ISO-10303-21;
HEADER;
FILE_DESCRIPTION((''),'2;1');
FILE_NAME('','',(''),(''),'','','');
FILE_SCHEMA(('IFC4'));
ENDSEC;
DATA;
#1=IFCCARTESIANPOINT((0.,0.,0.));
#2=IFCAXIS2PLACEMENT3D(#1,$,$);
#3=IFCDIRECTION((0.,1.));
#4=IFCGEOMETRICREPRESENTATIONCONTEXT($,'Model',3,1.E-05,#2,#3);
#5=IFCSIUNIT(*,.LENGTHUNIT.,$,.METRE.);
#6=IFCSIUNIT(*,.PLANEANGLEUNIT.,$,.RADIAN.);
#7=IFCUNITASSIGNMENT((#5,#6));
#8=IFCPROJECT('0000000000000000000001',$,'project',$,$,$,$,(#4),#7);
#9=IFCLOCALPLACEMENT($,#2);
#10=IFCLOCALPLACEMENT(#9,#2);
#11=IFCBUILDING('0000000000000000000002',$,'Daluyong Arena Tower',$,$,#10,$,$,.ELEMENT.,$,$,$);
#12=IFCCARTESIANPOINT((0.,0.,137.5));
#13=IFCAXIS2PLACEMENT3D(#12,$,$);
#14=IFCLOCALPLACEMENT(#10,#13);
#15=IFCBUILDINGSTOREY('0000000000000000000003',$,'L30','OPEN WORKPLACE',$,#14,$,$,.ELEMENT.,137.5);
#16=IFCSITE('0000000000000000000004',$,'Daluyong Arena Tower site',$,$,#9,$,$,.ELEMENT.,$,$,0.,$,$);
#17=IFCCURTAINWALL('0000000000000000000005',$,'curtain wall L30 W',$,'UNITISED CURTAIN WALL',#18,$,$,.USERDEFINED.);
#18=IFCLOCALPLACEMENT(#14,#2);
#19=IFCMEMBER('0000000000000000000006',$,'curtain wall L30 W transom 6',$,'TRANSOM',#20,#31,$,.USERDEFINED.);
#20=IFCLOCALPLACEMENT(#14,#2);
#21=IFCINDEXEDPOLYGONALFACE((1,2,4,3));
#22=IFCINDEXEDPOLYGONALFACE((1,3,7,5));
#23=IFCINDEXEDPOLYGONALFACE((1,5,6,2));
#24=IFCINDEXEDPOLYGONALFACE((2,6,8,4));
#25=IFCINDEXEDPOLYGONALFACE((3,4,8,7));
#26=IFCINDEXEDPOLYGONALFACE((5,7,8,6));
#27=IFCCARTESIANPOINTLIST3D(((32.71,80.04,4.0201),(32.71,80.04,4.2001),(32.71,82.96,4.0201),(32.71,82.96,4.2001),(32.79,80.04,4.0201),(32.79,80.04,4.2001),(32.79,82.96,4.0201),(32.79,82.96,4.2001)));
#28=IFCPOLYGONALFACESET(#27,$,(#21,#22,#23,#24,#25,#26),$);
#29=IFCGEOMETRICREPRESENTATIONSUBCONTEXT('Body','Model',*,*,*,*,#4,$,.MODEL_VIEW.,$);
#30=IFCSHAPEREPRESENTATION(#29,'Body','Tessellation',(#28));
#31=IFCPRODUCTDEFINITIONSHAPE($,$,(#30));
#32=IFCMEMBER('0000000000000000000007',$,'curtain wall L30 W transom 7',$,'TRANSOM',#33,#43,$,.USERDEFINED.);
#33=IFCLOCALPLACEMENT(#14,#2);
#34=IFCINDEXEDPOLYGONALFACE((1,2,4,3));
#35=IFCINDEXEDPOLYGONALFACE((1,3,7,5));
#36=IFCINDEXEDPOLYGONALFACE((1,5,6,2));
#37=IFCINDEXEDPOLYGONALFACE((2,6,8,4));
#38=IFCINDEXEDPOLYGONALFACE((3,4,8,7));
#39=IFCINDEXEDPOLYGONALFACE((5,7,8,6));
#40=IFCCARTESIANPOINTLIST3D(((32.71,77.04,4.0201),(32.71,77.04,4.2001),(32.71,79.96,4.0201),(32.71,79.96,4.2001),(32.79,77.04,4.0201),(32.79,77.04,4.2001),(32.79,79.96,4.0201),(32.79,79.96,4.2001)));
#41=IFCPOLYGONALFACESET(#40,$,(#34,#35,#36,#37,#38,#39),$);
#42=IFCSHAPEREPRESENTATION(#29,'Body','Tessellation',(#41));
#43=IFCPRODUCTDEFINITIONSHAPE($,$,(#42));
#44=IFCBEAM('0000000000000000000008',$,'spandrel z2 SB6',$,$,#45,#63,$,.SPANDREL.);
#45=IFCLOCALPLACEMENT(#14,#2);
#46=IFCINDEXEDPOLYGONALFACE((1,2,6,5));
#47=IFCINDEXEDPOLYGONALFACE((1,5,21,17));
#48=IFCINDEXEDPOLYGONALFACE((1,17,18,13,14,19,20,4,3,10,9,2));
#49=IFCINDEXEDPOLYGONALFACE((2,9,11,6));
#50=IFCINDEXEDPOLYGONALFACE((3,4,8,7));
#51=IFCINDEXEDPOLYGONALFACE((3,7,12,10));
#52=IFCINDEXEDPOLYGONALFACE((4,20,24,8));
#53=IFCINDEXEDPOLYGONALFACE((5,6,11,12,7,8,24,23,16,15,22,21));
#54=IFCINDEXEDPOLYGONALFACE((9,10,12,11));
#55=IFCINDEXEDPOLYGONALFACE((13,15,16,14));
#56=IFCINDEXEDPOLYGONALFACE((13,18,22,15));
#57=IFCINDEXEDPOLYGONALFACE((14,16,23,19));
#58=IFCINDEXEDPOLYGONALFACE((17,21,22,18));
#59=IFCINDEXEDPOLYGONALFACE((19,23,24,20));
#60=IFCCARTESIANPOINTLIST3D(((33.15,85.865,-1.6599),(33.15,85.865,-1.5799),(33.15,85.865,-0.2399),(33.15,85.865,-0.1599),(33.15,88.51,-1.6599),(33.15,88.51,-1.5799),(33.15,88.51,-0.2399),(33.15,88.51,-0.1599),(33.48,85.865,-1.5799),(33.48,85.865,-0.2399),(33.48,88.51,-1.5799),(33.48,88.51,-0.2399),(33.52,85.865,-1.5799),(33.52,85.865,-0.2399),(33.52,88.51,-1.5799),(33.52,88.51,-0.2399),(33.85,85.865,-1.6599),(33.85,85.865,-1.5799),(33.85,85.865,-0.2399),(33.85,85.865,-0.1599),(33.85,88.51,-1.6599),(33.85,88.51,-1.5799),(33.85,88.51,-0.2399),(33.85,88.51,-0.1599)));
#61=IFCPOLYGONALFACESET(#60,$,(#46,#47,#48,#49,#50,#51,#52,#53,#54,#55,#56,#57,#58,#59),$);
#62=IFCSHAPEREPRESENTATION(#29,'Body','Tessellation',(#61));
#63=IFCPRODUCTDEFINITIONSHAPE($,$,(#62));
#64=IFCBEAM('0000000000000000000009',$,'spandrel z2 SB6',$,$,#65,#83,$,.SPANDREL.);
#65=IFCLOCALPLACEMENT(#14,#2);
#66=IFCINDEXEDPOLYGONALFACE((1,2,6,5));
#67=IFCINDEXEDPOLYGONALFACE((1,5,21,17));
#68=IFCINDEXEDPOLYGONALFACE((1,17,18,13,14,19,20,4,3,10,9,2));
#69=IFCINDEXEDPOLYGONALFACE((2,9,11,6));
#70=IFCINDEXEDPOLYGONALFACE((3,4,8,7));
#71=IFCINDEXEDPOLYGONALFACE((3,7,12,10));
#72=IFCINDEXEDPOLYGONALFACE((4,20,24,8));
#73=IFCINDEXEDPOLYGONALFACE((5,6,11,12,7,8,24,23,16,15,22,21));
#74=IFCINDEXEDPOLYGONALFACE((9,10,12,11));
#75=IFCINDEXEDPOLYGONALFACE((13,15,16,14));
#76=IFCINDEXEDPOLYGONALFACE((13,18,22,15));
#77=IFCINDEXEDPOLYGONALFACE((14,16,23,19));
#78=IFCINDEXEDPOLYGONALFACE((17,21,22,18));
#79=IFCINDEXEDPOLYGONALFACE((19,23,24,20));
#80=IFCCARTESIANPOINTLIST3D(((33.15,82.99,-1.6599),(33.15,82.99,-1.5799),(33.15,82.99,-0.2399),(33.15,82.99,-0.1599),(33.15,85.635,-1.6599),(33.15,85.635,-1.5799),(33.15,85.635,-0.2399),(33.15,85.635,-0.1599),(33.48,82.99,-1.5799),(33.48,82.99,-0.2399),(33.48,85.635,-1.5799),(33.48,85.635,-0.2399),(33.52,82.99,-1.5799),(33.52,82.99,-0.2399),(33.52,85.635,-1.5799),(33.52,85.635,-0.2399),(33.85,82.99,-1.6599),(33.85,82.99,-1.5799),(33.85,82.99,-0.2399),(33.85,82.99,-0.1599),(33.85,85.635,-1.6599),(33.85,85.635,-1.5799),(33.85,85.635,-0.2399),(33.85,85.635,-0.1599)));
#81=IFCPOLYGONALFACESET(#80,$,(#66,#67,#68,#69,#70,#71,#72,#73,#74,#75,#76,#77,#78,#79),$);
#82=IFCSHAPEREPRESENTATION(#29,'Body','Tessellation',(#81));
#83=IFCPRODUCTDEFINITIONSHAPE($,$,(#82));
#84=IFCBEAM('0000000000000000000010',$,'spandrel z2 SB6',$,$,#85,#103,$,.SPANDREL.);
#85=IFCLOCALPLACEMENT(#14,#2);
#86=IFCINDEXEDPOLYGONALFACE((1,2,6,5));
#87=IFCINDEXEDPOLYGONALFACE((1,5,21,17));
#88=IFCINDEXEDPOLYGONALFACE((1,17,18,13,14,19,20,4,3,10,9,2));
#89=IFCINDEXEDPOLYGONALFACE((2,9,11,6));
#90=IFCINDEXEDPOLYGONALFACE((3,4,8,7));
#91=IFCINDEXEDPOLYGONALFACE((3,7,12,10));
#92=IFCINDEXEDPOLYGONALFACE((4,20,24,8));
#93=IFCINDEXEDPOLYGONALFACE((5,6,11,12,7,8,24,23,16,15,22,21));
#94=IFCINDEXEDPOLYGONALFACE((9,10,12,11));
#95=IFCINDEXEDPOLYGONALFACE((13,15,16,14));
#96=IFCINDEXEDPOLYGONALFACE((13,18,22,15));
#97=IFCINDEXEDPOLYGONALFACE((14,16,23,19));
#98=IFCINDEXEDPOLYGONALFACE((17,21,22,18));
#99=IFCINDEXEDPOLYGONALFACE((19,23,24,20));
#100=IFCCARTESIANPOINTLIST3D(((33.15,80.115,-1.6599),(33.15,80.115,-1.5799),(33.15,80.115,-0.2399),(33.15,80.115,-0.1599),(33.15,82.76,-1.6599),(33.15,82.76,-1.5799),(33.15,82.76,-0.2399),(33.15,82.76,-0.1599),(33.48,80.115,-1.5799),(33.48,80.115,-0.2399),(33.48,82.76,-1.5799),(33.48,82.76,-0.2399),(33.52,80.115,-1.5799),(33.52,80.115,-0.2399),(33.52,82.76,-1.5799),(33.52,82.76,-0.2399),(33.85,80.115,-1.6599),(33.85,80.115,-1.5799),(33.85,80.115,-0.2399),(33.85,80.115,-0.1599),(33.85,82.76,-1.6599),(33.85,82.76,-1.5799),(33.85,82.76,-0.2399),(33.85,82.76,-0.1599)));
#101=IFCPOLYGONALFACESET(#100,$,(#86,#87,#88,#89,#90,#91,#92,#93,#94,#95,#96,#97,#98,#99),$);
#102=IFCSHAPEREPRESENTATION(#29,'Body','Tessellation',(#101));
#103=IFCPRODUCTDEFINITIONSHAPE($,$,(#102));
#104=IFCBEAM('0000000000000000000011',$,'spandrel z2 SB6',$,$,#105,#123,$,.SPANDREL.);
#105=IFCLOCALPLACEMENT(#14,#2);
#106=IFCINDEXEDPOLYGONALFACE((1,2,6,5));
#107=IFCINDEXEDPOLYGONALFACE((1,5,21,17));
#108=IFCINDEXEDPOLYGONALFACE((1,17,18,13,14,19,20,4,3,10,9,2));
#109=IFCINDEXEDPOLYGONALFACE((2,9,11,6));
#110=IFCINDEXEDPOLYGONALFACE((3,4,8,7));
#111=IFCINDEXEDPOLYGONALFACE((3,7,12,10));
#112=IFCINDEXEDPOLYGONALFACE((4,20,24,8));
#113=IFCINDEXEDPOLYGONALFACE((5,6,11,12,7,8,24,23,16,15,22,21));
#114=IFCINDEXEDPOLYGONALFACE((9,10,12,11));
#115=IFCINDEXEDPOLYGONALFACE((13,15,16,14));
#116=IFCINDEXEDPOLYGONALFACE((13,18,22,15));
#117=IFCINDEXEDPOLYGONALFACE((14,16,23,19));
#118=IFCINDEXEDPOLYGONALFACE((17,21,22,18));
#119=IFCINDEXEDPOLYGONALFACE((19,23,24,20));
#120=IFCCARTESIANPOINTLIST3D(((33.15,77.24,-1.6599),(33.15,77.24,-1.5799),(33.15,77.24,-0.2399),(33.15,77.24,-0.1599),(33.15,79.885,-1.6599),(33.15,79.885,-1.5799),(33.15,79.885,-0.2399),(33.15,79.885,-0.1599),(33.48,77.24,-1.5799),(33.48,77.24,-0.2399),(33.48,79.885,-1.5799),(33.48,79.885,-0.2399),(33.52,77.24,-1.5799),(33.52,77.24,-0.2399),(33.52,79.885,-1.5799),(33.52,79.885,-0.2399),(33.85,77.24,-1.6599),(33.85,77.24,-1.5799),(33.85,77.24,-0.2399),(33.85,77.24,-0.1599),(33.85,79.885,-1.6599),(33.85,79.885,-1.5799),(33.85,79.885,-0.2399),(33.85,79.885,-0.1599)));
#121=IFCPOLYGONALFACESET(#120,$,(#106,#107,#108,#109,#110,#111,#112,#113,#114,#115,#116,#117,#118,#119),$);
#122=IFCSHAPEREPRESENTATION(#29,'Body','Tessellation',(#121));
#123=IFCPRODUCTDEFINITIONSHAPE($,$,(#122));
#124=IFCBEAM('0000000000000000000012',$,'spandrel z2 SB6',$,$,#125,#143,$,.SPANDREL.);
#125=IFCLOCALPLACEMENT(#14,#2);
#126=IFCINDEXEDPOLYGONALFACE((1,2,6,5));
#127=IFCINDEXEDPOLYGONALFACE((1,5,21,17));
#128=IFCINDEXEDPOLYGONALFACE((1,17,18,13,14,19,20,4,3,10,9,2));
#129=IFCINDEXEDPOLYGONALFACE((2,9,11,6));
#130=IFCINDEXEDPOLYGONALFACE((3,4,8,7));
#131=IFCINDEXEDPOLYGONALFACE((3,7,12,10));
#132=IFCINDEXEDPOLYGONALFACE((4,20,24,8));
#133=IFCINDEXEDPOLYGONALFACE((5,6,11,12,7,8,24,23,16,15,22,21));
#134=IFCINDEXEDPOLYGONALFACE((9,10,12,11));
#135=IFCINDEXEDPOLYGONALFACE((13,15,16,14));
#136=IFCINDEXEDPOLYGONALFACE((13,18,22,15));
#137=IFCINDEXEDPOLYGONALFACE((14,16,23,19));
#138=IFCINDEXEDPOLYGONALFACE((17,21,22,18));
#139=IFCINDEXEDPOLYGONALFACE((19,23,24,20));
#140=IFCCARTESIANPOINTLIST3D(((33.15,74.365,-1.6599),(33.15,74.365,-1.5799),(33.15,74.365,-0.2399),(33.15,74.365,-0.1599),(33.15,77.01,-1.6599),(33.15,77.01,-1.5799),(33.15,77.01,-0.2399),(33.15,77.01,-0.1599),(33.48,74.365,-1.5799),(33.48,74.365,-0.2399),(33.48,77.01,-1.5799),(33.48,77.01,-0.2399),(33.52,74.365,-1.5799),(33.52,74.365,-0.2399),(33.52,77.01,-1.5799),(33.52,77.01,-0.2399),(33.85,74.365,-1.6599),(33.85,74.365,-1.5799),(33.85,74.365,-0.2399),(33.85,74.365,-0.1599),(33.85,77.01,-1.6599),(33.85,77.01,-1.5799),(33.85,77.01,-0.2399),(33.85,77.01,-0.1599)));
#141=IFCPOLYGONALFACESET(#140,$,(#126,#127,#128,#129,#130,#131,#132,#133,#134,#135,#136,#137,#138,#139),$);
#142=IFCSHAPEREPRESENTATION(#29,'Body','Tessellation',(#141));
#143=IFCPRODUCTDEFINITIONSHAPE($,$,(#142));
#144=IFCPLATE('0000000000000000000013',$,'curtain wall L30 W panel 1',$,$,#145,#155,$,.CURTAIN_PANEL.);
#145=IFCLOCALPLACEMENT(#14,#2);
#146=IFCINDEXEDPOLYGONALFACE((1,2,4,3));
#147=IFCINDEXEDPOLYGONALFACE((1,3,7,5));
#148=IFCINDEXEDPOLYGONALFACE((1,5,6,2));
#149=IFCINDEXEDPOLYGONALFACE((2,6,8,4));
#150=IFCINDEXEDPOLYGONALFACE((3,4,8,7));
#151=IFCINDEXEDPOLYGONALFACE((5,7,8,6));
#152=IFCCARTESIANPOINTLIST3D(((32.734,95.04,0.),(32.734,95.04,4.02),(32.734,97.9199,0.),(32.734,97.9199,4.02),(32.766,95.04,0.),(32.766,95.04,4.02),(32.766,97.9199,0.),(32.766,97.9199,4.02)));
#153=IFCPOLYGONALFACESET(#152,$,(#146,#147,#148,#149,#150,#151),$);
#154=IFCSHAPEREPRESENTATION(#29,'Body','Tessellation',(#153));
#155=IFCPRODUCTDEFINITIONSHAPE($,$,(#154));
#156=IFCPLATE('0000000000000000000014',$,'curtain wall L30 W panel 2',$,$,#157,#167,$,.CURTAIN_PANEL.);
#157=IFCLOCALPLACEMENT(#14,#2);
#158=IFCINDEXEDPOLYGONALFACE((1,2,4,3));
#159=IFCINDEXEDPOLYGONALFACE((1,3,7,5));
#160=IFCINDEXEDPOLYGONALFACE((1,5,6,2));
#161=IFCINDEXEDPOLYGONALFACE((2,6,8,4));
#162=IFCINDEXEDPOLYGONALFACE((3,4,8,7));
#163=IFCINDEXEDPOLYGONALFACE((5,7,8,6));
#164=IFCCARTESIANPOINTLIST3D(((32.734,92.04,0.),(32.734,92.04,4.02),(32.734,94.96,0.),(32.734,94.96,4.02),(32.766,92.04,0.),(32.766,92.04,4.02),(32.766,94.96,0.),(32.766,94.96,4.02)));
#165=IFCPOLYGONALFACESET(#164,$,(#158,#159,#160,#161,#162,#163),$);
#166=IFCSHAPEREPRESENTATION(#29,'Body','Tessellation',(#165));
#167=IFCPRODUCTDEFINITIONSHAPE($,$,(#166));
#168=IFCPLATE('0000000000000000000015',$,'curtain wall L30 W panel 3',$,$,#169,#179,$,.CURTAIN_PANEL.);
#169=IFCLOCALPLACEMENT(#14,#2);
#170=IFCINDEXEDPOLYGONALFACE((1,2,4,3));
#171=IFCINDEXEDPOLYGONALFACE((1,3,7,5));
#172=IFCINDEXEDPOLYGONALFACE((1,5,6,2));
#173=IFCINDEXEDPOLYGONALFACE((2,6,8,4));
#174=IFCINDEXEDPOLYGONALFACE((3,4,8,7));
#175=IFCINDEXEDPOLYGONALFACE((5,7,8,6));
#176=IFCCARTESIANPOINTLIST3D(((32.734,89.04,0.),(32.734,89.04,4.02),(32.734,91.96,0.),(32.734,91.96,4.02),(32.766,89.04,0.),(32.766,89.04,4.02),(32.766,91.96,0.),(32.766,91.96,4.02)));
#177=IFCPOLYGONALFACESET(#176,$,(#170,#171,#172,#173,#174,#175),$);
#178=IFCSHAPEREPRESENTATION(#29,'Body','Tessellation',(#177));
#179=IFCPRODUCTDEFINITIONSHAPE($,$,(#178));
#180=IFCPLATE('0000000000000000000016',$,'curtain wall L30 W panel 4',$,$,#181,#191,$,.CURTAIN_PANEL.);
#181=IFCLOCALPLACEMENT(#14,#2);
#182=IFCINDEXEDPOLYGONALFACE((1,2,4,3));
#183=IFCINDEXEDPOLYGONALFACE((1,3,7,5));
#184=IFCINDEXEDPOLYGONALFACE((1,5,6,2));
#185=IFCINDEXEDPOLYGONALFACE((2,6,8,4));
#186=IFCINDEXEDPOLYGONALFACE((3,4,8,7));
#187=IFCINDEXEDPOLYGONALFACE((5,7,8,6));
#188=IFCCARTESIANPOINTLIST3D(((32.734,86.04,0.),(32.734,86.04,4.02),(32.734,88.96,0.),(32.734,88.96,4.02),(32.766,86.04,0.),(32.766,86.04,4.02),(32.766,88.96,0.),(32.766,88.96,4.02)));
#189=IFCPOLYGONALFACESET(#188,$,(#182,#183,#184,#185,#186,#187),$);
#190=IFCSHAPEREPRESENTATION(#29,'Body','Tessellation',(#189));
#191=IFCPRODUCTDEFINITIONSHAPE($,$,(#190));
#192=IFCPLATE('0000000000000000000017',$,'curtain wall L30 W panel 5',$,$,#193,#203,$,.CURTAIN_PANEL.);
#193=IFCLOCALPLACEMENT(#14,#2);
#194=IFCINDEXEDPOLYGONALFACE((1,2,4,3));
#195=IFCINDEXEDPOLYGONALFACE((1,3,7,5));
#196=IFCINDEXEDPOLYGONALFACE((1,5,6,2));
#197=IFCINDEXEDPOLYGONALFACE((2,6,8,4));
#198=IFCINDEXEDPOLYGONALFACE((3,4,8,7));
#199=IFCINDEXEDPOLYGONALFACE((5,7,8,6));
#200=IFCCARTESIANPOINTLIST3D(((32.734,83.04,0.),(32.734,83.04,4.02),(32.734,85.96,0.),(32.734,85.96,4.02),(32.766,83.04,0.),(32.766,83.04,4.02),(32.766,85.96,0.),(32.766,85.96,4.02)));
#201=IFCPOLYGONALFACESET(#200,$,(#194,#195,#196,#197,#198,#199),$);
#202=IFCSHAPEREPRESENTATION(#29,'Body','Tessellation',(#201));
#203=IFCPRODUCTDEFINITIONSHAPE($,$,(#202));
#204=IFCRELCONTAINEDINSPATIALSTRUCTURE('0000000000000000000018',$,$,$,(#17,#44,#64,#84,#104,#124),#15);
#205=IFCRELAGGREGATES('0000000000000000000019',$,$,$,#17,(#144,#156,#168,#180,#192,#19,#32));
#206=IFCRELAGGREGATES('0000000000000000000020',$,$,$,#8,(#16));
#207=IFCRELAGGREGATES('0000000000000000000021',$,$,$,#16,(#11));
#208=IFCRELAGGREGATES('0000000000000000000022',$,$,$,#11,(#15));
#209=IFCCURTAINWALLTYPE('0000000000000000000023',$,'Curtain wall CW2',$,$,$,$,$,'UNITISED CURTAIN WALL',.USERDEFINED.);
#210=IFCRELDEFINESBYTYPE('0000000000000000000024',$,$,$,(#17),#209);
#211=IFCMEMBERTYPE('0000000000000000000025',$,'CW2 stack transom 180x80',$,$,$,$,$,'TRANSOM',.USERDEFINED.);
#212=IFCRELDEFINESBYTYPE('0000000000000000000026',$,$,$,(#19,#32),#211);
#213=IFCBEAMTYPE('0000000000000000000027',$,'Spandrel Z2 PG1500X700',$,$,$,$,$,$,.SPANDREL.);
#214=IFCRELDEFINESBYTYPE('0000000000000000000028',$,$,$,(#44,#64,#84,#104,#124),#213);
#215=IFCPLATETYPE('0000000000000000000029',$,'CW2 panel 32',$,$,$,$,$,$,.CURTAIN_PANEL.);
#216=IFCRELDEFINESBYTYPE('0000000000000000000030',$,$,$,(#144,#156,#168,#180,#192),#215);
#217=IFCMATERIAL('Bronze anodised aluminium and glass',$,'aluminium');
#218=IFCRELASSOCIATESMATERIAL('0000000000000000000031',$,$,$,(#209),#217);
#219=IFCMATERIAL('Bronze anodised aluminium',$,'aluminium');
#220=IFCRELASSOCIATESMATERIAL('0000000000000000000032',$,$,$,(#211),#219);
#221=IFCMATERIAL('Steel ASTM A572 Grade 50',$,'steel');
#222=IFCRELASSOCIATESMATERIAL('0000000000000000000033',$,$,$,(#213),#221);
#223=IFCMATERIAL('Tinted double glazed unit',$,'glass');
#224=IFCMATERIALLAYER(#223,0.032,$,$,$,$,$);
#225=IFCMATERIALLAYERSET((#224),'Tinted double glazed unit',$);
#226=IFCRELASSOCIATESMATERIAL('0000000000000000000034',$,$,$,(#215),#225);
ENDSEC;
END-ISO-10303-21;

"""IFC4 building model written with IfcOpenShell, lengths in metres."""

from ifc_helpers import new_model, si_unit, direction, frame, origin, origin_2d, place, context, subcontext, project, spatial, rectangle, i_section, extrude, material, layer, layer_set, material_profile, profile_set, type_object, element, aggregate, save


model = new_model("IFC4")

# Units and contexts
model_context = context("Model", 3, precision=1e-05, world=origin(), true_north=direction((0.0, 1.0)))
body_context = subcontext(model_context, "Body", "Model", "MODEL_VIEW")
ifc_project = project(units=[si_unit("LENGTHUNIT", "METRE"), si_unit("PLANEANGLEUNIT", "RADIAN")], contexts=[model_context])

# Site, building, storey
site_placement = place(None, origin())
site = spatial("IfcSite", under=ifc_project, at=site_placement, Name="Daluyong Arena Tower site", CompositionType="ELEMENT", RefElevation=0.0)
building_placement = place(site_placement, origin())
building = spatial("IfcBuilding", under=site, at=building_placement, Name="Daluyong Arena Tower", CompositionType="ELEMENT")
storey_placement = place(building_placement, frame((0.0, 0.0, 137.5)))
storey = spatial("IfcBuildingStorey", under=building, at=storey_placement, Name="L30", Description="OPEN WORKPLACE", CompositionType="ELEMENT", Elevation=137.5)

# Curtain wall, members
ifc_material_1 = material(Name="Bronze anodised aluminium and glass", Category="aluminium")
curtain_wall_type = type_object("IfcCurtainWallType", Name="Curtain wall CW2", ElementType="UNITISED CURTAIN WALL", PredefinedType="USERDEFINED", material=ifc_material_1)
curtain_wall_placement = place(storey_placement, origin())
curtain_wall = element("IfcCurtainWall", 1, at=curtain_wall_placement, inside=storey, type_object=curtain_wall_type, Name="curtain wall L30 W", ObjectType="UNITISED CURTAIN WALL", PredefinedType="USERDEFINED")
ifc_material_2 = material(Name="Bronze anodised aluminium", Category="aluminium")
ifc_material_profile_1 = material_profile(ifc_material_2, rectangle(XDim=0.0801, YDim=0.1799, at=origin_2d()))
ifc_profile_set_1 = profile_set([ifc_material_profile_1], Name="Bronze anodised aluminium")
member_type_1 = type_object("IfcMemberType", Name="CW2 stack transom 180x80", ElementType="TRANSOM", PredefinedType="USERDEFINED", material=ifc_profile_set_1)
member_1_placement = place(storey_placement, frame((32.75, 82.96, 4.1101), z_axis=(0.0, -1.0, 0.0), x_axis=(1.0, 0.0, 0.0)))
member_1 = element("IfcMember", 2, at=member_1_placement, type_object=member_type_1, Name="curtain wall L30 W transom 6", ObjectType="TRANSOM", PredefinedType="USERDEFINED", context=body_context, shape_type="SweptSolid", body=[
    extrude(rectangle(XDim=0.0801, YDim=0.1799, at=origin_2d()), origin(), (0.0, 0.0, 1.0), 2.9199),
])
member_2_placement = place(storey_placement, frame((32.75, 79.96, 4.1101), z_axis=(0.0, -1.0, 0.0), x_axis=(1.0, 0.0, 0.0)))
member_2 = element("IfcMember", 3, at=member_2_placement, type_object=member_type_1, Name="curtain wall L30 W transom 7", ObjectType="TRANSOM", PredefinedType="USERDEFINED", context=body_context, shape_type="SweptSolid", body=[
    extrude(rectangle(XDim=0.0801, YDim=0.1799, at=origin_2d()), origin(), (0.0, 0.0, 1.0), 2.9199),
])

# Beams
ifc_material_3 = material(Name="Steel ASTM A572 Grade 50", Category="steel")
ifc_material_profile_2 = material_profile(ifc_material_3, i_section(OverallWidth=0.7, OverallDepth=1.5, WebThickness=0.04, FlangeThickness=0.08, at=origin_2d()))
ifc_profile_set_2 = profile_set([ifc_material_profile_2], Name="Steel ASTM A572 Grade 50")
beam_type = type_object("IfcBeamType", Name="Spandrel Z2 PG1500X700", PredefinedType="SPANDREL", material=ifc_profile_set_2)
for number, where, z_axis, x_axis, name in (
    (4, (33.5, 88.51, -0.9099), (0.0, -1.0, 0.0), (1.0, 0.0, 0.0), "spandrel z2 SB6"),
    (5, (33.5, 85.635, -0.9099), (0.0, -1.0, 0.0), (1.0, 0.0, 0.0), "spandrel z2 SB6"),
    (6, (33.5, 82.76, -0.9099), (0.0, -1.0, 0.0), (1.0, 0.0, 0.0), "spandrel z2 SB6"),
    (7, (33.5, 79.885, -0.9099), (0.0, -1.0, 0.0), (1.0, 0.0, 0.0), "spandrel z2 SB6"),
    (8, (33.5, 77.01, -0.9099), (0.0, -1.0, 0.0), (1.0, 0.0, 0.0), "spandrel z2 SB6"),
):
    element("IfcBeam", number, at=place(storey_placement, frame(where, z_axis=z_axis, x_axis=x_axis)), inside=storey, type_object=beam_type, Name=name, PredefinedType="SPANDREL", context=body_context, shape_type="SweptSolid", body=[
        extrude(i_section(OverallWidth=0.7, OverallDepth=1.5, WebThickness=0.04, FlangeThickness=0.08, at=origin_2d()), origin(), (0.0, 0.0, 1.0), 2.645),
    ])

# Plates
ifc_material_4 = material(Name="Tinted double glazed unit", Category="glass")
ifc_layer_1 = layer(ifc_material_4, 0.032)
ifc_layer_set_1 = layer_set([ifc_layer_1], Name="Tinted double glazed unit")
plate_type = type_object("IfcPlateType", Name="CW2 panel 32", PredefinedType="CURTAIN_PANEL", material=ifc_layer_set_1)
plate_1_placement = place(storey_placement, frame((32.75, 96.48, 0.0), z_axis=(0.0, 0.0, 1.0), x_axis=(0.0, -1.0, 0.0)))
plate_1 = element("IfcPlate", 9, at=plate_1_placement, type_object=plate_type, Name="curtain wall L30 W panel 1", PredefinedType="CURTAIN_PANEL", context=body_context, shape_type="SweptSolid", body=[
    extrude(rectangle(XDim=2.8799, YDim=0.032, at=origin_2d()), origin(), (0.0, 0.0, 1.0), 4.02),
])
plate_2_placement = place(storey_placement, frame((32.75, 93.5, 0.0), z_axis=(0.0, 0.0, 1.0), x_axis=(0.0, -1.0, 0.0)))
plate_2 = element("IfcPlate", 10, at=plate_2_placement, type_object=plate_type, Name="curtain wall L30 W panel 2", PredefinedType="CURTAIN_PANEL", context=body_context, shape_type="SweptSolid", body=[
    extrude(rectangle(XDim=2.9199, YDim=0.032, at=origin_2d()), origin(), (0.0, 0.0, 1.0), 4.02),
])
plate_3_placement = place(storey_placement, frame((32.75, 90.5, 0.0), z_axis=(0.0, 0.0, 1.0), x_axis=(0.0, -1.0, 0.0)))
plate_3 = element("IfcPlate", 11, at=plate_3_placement, type_object=plate_type, Name="curtain wall L30 W panel 3", PredefinedType="CURTAIN_PANEL", context=body_context, shape_type="SweptSolid", body=[
    extrude(rectangle(XDim=2.9199, YDim=0.032, at=origin_2d()), origin(), (0.0, 0.0, 1.0), 4.02),
])
plate_4_placement = place(storey_placement, frame((32.75, 87.5, 0.0), z_axis=(0.0, 0.0, 1.0), x_axis=(0.0, -1.0, 0.0)))
plate_4 = element("IfcPlate", 12, at=plate_4_placement, type_object=plate_type, Name="curtain wall L30 W panel 4", PredefinedType="CURTAIN_PANEL", context=body_context, shape_type="SweptSolid", body=[
    extrude(rectangle(XDim=2.9199, YDim=0.032, at=origin_2d()), origin(), (0.0, 0.0, 1.0), 4.02),
])
plate_5_placement = place(storey_placement, frame((32.75, 84.5, 0.0), z_axis=(0.0, 0.0, 1.0), x_axis=(0.0, -1.0, 0.0)))
plate_5 = element("IfcPlate", 13, at=plate_5_placement, type_object=plate_type, Name="curtain wall L30 W panel 5", PredefinedType="CURTAIN_PANEL", context=body_context, shape_type="SweptSolid", body=[
    extrude(rectangle(XDim=2.9199, YDim=0.032, at=origin_2d()), origin(), (0.0, 0.0, 1.0), 4.02),
])
aggregate(curtain_wall, [plate_1, plate_2, plate_3, plate_4, plate_5, member_1, member_2])

save(model, "model.ifc")
